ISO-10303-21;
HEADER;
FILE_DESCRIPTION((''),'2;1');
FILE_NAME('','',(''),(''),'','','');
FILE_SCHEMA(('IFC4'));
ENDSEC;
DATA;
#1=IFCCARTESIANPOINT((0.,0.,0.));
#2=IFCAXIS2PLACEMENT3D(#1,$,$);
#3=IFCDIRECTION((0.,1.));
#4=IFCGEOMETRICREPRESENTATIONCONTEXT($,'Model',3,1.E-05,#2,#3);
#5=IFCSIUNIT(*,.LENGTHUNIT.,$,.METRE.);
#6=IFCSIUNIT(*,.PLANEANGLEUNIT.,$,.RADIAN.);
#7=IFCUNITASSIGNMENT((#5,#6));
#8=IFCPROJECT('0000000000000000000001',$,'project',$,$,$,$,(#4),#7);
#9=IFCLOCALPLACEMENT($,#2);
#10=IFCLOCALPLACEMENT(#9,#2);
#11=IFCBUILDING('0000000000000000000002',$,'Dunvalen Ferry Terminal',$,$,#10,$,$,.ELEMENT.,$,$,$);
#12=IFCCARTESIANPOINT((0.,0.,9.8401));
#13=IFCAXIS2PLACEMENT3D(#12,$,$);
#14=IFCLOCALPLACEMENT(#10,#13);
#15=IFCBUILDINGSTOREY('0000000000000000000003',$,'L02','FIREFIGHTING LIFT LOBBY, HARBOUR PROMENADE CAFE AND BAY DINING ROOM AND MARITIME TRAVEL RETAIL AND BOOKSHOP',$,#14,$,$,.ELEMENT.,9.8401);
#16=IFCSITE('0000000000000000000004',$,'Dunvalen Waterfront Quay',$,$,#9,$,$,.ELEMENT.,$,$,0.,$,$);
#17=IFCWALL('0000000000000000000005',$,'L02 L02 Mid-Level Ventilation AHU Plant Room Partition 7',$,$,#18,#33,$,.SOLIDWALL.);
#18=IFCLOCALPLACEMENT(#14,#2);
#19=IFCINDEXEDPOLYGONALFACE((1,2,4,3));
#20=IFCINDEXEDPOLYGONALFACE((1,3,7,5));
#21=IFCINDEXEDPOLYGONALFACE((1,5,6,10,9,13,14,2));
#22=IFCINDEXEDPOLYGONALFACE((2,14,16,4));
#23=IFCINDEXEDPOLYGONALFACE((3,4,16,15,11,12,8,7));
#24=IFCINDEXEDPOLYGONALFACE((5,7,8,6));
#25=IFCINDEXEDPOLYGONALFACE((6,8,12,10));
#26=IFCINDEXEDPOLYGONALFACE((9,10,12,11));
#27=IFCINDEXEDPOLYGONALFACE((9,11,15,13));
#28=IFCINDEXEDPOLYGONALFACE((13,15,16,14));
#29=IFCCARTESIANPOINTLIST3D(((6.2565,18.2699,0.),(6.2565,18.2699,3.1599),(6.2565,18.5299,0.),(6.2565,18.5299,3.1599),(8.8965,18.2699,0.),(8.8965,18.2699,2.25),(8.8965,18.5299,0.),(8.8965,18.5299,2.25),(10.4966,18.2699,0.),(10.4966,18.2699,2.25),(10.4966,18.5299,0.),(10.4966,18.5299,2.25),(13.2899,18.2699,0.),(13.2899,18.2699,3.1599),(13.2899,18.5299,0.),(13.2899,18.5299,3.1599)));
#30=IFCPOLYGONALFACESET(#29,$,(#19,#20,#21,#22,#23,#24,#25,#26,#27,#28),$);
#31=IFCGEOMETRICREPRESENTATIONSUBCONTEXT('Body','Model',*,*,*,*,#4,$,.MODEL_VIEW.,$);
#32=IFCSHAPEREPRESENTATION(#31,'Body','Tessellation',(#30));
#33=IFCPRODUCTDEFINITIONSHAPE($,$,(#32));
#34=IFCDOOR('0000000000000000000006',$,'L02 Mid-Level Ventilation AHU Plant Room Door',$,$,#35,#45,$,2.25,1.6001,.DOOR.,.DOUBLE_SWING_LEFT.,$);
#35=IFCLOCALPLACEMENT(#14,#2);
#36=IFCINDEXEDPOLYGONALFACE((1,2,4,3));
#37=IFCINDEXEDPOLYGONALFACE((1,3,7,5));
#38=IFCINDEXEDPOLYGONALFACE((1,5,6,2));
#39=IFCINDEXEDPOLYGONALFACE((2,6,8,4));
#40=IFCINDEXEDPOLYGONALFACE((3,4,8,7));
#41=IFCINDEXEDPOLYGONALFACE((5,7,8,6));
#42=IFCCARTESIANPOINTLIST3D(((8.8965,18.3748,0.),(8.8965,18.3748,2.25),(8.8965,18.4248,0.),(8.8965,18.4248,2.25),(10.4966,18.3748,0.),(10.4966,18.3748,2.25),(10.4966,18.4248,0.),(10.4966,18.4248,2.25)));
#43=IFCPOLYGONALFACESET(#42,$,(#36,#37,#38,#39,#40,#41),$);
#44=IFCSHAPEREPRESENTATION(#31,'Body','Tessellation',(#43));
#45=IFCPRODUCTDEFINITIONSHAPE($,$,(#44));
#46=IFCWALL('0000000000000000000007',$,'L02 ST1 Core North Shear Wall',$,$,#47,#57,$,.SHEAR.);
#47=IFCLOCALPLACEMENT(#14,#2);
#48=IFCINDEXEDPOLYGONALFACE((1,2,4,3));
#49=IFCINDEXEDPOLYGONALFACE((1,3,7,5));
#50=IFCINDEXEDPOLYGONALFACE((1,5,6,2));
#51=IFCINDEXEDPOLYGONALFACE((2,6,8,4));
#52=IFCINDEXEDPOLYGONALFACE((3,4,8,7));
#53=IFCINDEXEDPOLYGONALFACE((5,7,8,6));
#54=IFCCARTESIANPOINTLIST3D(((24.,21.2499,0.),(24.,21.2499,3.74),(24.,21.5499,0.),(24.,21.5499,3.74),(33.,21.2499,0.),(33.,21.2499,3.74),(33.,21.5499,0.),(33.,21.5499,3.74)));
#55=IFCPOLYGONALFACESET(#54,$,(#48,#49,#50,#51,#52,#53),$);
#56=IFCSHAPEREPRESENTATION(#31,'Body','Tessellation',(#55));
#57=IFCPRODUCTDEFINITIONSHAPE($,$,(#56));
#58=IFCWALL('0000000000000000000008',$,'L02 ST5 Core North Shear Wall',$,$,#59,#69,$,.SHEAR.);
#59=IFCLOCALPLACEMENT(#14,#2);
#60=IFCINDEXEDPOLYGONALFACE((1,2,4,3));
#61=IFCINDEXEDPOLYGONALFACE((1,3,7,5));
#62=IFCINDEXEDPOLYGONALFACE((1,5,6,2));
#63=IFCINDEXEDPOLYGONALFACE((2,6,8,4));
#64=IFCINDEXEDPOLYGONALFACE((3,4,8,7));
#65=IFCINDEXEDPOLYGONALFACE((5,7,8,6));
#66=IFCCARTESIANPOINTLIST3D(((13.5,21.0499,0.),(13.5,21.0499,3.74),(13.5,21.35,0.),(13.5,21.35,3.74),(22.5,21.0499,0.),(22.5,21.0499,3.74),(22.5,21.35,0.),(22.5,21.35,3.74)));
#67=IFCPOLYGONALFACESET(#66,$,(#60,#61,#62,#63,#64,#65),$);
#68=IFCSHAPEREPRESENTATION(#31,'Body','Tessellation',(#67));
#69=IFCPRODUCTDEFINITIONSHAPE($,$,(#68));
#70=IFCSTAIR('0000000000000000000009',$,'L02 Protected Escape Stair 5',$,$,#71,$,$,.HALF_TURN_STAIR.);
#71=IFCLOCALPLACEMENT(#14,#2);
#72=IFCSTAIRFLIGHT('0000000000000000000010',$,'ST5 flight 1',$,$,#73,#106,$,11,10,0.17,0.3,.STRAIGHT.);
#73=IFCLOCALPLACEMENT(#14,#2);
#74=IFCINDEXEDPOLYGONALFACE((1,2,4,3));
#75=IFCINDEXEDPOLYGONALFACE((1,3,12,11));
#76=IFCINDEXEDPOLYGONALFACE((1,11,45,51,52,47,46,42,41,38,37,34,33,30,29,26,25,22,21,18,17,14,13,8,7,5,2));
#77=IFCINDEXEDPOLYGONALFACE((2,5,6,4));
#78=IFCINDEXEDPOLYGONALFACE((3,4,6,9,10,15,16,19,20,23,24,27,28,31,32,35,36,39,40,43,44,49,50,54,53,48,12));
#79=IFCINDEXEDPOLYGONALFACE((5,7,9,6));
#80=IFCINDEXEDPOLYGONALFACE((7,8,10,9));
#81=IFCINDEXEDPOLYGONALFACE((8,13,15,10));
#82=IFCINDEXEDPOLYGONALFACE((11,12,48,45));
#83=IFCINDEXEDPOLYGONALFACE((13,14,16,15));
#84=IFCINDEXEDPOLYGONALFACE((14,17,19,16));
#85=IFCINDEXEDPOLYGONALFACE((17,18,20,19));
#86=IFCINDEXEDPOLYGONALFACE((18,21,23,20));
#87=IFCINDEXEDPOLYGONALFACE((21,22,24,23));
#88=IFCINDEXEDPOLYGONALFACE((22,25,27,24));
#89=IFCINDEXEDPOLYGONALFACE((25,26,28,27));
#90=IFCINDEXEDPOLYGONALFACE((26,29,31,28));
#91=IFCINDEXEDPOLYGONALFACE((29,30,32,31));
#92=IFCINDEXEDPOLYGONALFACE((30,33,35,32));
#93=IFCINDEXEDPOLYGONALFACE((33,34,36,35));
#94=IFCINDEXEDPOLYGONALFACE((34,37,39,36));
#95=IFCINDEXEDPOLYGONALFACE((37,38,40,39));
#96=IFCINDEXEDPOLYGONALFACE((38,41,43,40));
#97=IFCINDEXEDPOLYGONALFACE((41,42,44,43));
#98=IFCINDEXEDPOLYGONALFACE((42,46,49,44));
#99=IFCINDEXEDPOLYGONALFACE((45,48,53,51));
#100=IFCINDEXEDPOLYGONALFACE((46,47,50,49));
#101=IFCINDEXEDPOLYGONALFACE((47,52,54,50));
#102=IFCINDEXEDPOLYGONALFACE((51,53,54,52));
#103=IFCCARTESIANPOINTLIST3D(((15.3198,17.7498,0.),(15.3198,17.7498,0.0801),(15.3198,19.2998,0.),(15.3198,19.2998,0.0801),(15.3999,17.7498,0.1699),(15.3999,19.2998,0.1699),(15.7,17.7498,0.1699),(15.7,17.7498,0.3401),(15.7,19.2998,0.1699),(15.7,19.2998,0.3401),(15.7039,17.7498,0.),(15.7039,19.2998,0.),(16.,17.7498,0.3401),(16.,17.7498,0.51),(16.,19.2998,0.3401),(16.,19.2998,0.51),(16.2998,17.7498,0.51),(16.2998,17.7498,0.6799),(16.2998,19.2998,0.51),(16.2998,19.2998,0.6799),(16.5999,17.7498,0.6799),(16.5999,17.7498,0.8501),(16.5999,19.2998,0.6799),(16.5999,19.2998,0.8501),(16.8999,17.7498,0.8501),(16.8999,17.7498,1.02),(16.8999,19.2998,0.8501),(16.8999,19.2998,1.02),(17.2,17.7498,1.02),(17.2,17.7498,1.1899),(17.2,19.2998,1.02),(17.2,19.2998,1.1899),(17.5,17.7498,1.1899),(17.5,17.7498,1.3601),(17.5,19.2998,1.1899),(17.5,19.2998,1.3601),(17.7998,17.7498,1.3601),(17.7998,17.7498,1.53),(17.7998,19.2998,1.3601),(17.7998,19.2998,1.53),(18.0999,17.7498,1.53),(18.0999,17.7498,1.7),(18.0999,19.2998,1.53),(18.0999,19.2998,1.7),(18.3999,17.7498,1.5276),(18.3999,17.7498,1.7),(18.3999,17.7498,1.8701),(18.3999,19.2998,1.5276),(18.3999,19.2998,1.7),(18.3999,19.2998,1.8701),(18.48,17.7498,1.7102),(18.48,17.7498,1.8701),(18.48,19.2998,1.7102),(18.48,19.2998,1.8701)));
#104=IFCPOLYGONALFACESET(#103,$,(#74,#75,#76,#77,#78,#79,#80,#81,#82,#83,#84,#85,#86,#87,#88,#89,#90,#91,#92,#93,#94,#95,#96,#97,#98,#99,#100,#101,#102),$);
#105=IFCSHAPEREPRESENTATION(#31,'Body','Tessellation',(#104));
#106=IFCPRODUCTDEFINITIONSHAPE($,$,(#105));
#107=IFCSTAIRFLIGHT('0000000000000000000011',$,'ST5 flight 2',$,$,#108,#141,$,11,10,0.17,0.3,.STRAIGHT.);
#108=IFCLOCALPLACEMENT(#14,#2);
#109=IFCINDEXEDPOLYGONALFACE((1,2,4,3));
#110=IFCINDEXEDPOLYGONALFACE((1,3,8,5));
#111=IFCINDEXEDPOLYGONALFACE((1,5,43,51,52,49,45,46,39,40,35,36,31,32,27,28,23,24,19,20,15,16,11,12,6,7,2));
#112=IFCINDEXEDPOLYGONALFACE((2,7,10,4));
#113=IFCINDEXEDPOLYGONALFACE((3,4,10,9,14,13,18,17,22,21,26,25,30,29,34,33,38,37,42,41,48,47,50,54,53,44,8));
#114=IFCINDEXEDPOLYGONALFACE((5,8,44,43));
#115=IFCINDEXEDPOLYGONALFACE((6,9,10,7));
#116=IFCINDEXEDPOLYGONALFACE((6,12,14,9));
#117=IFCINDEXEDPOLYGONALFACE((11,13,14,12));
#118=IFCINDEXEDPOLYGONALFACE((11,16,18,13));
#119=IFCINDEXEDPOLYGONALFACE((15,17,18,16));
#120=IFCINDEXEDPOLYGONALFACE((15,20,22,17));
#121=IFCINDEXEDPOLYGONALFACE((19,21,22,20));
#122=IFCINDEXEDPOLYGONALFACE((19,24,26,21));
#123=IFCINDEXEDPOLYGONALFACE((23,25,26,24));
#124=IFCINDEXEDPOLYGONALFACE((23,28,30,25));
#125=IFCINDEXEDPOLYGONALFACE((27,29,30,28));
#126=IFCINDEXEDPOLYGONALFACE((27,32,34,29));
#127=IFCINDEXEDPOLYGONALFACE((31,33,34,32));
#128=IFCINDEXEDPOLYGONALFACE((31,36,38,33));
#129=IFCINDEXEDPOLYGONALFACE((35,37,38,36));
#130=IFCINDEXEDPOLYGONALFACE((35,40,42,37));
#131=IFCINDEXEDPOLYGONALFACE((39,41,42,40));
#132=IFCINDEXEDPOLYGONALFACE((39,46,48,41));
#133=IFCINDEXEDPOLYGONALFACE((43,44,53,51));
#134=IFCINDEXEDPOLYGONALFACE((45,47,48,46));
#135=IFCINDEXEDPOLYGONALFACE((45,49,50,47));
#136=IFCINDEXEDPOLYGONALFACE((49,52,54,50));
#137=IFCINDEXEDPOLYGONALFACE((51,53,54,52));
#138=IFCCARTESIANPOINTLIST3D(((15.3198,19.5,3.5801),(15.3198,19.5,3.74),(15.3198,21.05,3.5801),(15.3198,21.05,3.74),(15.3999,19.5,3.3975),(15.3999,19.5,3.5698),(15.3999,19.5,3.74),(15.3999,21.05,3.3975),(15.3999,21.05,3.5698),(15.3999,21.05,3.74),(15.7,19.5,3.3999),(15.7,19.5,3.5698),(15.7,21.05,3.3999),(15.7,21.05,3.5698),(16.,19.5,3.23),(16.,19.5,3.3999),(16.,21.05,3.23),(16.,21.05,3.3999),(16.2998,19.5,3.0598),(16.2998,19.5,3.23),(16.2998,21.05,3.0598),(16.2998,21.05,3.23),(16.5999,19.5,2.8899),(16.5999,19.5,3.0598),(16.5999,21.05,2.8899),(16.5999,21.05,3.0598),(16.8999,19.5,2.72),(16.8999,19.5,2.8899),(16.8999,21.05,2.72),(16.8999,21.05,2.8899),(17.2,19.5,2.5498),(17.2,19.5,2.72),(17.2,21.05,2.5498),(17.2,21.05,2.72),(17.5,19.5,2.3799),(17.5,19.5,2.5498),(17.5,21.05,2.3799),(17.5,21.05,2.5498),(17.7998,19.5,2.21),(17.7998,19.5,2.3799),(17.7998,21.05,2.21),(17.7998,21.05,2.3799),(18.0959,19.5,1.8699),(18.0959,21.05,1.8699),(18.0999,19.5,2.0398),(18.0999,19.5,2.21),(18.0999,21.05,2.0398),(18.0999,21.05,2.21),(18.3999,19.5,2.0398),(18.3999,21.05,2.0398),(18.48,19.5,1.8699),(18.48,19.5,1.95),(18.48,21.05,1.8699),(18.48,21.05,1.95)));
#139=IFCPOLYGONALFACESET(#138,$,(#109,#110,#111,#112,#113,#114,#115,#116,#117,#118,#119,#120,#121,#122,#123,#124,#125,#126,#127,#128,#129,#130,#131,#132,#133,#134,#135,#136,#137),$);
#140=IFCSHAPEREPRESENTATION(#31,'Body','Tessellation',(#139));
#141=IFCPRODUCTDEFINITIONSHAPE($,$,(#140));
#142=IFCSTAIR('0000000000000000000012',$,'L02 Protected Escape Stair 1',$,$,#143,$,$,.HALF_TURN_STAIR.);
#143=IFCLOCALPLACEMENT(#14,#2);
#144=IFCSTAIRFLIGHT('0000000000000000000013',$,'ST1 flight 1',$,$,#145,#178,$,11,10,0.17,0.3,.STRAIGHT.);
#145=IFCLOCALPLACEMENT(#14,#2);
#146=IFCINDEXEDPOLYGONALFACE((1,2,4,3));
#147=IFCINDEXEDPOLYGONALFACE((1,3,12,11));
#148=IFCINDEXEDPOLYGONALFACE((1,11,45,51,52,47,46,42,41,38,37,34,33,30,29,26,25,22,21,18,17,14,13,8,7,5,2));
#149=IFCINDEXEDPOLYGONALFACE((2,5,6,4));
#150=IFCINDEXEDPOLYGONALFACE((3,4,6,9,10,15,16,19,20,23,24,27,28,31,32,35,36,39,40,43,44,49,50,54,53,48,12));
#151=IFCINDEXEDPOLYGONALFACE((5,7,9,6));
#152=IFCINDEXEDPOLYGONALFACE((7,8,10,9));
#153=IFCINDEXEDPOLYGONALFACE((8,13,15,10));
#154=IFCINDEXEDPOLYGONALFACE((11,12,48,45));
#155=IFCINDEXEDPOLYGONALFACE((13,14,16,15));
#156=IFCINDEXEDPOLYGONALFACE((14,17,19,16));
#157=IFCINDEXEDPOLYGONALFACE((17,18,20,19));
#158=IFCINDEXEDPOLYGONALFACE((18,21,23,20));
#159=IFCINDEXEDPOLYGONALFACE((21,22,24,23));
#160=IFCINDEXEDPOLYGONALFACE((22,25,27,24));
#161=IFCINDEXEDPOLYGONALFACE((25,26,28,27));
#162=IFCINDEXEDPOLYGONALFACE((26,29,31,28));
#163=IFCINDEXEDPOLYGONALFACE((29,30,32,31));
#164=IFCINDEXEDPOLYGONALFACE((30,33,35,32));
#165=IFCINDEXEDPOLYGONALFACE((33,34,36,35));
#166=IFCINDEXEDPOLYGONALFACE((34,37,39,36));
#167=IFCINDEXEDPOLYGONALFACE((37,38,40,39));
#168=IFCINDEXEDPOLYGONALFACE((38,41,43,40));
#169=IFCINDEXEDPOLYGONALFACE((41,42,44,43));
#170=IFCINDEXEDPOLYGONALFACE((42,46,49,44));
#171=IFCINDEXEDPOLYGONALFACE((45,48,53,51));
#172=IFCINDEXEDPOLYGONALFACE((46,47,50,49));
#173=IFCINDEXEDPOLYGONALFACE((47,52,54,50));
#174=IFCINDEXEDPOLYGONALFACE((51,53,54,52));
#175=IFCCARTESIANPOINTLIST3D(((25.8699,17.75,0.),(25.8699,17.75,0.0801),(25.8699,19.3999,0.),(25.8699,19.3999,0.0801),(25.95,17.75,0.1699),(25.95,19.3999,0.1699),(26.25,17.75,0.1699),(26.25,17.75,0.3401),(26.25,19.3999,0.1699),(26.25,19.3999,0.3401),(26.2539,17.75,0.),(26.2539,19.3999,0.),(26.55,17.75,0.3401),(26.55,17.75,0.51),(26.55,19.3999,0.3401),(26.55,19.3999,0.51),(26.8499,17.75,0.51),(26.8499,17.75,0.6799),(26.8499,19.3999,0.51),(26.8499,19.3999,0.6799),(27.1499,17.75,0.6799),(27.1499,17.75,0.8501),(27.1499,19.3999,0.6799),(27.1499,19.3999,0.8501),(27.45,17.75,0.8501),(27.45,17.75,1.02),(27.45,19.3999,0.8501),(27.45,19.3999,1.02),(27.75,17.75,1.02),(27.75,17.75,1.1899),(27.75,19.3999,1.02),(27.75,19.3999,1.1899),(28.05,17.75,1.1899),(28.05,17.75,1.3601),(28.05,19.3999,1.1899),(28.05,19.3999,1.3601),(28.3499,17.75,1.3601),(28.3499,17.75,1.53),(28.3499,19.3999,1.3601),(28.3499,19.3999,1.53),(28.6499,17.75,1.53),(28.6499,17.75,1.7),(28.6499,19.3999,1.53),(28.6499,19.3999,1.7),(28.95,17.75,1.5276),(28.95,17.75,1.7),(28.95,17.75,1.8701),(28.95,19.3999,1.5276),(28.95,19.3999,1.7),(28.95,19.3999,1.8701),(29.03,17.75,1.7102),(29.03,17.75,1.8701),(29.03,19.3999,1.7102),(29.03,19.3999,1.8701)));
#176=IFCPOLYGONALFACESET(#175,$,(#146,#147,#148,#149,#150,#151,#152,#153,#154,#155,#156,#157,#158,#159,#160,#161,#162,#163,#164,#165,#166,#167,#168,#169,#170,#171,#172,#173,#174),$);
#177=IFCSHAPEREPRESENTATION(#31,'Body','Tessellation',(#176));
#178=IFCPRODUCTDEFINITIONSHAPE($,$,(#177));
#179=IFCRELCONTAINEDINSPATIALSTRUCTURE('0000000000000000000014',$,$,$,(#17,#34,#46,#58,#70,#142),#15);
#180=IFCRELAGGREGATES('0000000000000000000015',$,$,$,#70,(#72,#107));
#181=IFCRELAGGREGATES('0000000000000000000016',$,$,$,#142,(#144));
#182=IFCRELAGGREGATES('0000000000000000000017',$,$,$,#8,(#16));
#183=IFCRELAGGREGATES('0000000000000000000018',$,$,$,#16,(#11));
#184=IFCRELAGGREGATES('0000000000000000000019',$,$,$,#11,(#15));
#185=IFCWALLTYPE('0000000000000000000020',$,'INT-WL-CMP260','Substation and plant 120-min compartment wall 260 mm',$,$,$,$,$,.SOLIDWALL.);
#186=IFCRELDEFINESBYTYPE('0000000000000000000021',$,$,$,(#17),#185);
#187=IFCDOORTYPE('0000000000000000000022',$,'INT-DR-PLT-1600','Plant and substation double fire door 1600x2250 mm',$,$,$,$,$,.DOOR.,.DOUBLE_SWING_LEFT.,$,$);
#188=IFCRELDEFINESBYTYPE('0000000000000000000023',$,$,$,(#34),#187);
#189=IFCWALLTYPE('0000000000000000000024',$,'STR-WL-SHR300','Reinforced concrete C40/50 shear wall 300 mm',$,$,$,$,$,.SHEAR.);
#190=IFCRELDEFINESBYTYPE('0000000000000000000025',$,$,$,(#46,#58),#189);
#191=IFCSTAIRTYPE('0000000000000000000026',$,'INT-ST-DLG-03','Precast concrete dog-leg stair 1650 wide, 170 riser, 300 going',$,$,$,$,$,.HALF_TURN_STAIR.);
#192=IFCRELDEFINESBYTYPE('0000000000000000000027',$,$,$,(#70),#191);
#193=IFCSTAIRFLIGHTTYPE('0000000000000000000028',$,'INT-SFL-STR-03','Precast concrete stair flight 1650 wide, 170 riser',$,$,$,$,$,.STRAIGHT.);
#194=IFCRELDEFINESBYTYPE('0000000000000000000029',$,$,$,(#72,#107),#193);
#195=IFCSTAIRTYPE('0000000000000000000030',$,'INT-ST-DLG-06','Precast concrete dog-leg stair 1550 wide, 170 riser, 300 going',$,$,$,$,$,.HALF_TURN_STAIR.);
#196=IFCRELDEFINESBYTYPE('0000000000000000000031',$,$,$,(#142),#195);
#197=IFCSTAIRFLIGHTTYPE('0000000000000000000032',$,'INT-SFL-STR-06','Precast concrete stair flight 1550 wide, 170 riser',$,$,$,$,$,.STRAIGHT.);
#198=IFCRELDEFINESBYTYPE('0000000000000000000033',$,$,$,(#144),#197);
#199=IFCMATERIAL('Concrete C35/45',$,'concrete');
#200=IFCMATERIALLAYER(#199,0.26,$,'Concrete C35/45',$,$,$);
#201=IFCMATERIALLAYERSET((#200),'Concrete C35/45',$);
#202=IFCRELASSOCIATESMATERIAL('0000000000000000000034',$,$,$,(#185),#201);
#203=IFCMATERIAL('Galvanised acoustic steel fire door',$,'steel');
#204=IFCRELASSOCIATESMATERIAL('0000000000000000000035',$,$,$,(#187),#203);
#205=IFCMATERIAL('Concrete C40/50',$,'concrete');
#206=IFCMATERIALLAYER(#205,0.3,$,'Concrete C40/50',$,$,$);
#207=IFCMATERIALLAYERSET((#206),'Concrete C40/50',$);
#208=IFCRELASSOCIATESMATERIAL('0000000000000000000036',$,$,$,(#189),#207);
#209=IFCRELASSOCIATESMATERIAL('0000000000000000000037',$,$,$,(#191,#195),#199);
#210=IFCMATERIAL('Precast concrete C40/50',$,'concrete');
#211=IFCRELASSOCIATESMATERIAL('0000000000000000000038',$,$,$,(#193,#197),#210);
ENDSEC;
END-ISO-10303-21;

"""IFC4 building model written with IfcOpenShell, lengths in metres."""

from ifc_helpers import new_model, si_unit, direction, frame, frame_2d, origin, place, context, subcontext, project, spatial, polyline, rectangle, outline, extrude, material, layer, layer_set, type_object, element, fill, aggregate, save


model = new_model("IFC4")

# Units and contexts
model_context = context("Model", 3, precision=1e-05, world=origin(), true_north=direction((0.0, 1.0)))
body_context = subcontext(model_context, "Body", "Model", "MODEL_VIEW")
ifc_project = project(units=[si_unit("LENGTHUNIT", "METRE"), si_unit("PLANEANGLEUNIT", "RADIAN")], contexts=[model_context])

# Site, building, storey
site_placement = place(None, origin())
site = spatial("IfcSite", under=ifc_project, at=site_placement, Name="Dunvalen Waterfront Quay", CompositionType="ELEMENT", RefElevation=0.0)
building_placement = place(site_placement, origin())
building = spatial("IfcBuilding", under=site, at=building_placement, Name="Dunvalen Ferry Terminal", CompositionType="ELEMENT")
storey_placement = place(building_placement, frame((0.0, 0.0, 9.8401)))
storey = spatial("IfcBuildingStorey", under=building, at=storey_placement, Name="L02", Description="FIREFIGHTING LIFT LOBBY, HARBOUR PROMENADE CAFE AND BAY DINING ROOM AND MARITIME TRAVEL RETAIL AND BOOKSHOP", CompositionType="ELEMENT", Elevation=9.8401)

# Shared definitions
ifc_material_1 = material(Name="Concrete C40/50", Category="concrete")

# Shared definitions
ifc_material_2 = material(Name="Precast concrete C40/50", Category="concrete")

# Shared definitions
ifc_material_3 = material(Name="Concrete C35/45", Category="concrete")
ifc_layer_1 = layer(ifc_material_3, 0.26, Name="Concrete C35/45")
ifc_layer_set_1 = layer_set([ifc_layer_1], Name="Concrete C35/45")
wall_type_1 = type_object("IfcWallType", Name="INT-WL-CMP260", Description="Substation and plant 120-min compartment wall 260 mm", PredefinedType="SOLIDWALL", material=ifc_layer_set_1)

# Wall, opening, door
wall_1_placement = place(storey_placement, frame((6.2566, 18.3999, 0.0), z_axis=(0.0, 0.0, 1.0), x_axis=(1.0, 0.0, 0.0)))
wall_1 = element("IfcWall", 1, at=wall_1_placement, inside=storey, type_object=wall_type_1, Name="L02 L02 Mid-Level Ventilation AHU Plant Room Partition 7", PredefinedType="SOLIDWALL", context=body_context, shape_type="SweptSolid", body=[
    extrude(rectangle(XDim=7.0334, YDim=0.26, at=frame_2d((3.5166, 0.0))), origin(), (0.0, 0.0, 1.0), 3.1599),
])
opening_1_placement = place(wall_1_placement, frame((2.6399, 0.0, 0.0)))
opening_1 = element("IfcOpeningElement", 2, at=opening_1_placement, cuts=wall_1, PredefinedType="OPENING", context=body_context, shape_type="SweptSolid", body=[
    extrude(rectangle(XDim=1.6001, YDim=2.25, at=frame_2d((0.8, 1.125))), frame((0.0, 0.1401, 0.0), z_axis=(0.0, -1.0, 0.0), x_axis=(1.0, 0.0, 0.0)), (0.0, 0.0, 1.0), 0.28),
])
ifc_material_4 = material(Name="Galvanised acoustic steel fire door", Category="steel")
door_type = type_object("IfcDoorType", Name="INT-DR-PLT-1600", Description="Plant and substation double fire door 1600x2250 mm", OperationType="DOUBLE_SWING_LEFT", PredefinedType="DOOR", material=ifc_material_4)
door_placement = place(opening_1_placement, origin())
door = element("IfcDoor", 3, at=door_placement, inside=storey, type_object=door_type, Name="L02 Mid-Level Ventilation AHU Plant Room Door", OperationType="DOUBLE_SWING_LEFT", OverallHeight=2.25, OverallWidth=1.6001, PredefinedType="DOOR", context=body_context, shape_type="SweptSolid", body=[
    extrude(rectangle(XDim=1.6001, YDim=2.25, at=frame_2d((0.8, 1.125))), frame((0.0, 0.0249, 0.0), z_axis=(0.0, -1.0, 0.0), x_axis=(1.0, 0.0, 0.0)), (0.0, 0.0, 1.0), 0.05),
])
fill(opening_1, door)

# Walls
ifc_layer_2 = layer(ifc_material_1, 0.3, Name="Concrete C40/50")
ifc_layer_set_2 = layer_set([ifc_layer_2], Name="Concrete C40/50")
wall_type_2 = type_object("IfcWallType", Name="STR-WL-SHR300", Description="Reinforced concrete C40/50 shear wall 300 mm", PredefinedType="SHEAR", material=ifc_layer_set_2)
for number, where, z_axis, x_axis, name in (
    (4, (24.0, 21.3999, 0.0), (0.0, 0.0, 1.0), (1.0, 0.0, 0.0), "L02 ST1 Core North Shear Wall"),
    (5, (13.5, 21.2, 0.0), (0.0, 0.0, 1.0), (1.0, 0.0, 0.0), "L02 ST5 Core North Shear Wall"),
):
    element("IfcWall", number, at=place(storey_placement, frame(where, z_axis=z_axis, x_axis=x_axis)), inside=storey, type_object=wall_type_2, Name=name, PredefinedType="SHEAR", context=body_context, shape_type="SweptSolid", body=[
        extrude(rectangle(XDim=9.0, YDim=0.3, at=frame_2d((4.5, 0.0))), origin(), (0.0, 0.0, 1.0), 3.74),
    ])

# Stair, stair flights
stair_type_1 = type_object("IfcStairType", Name="INT-ST-DLG-03", Description="Precast concrete dog-leg stair 1650 wide, 170 riser, 300 going", PredefinedType="HALF_TURN_STAIR", material=ifc_material_3)
stair_1_placement = place(storey_placement, origin())
stair_1 = element("IfcStair", 6, at=stair_1_placement, inside=storey, type_object=stair_type_1, Name="L02 Protected Escape Stair 5", PredefinedType="HALF_TURN_STAIR")
stair_flight_type_1 = type_object("IfcStairFlightType", Name="INT-SFL-STR-03", Description="Precast concrete stair flight 1650 wide, 170 riser", PredefinedType="STRAIGHT", material=ifc_material_2)
stair_flight_1_placement = place(storey_placement, frame((15.3999, 18.5249, 0.0), z_axis=(0.0, 0.0, 1.0), x_axis=(1.0, 0.0, 0.0)))
stair_flight_1 = element("IfcStairFlight", 7, at=stair_flight_1_placement, type_object=stair_flight_type_1, Name="ST5 flight 1", NumberOfRisers=11, NumberOfTreads=10, PredefinedType="STRAIGHT", RiserHeight=0.17, TreadLength=0.3, context=body_context, shape_type="SweptSolid", body=[
    extrude(outline(polyline([(-0.0801, 0.0), (-0.0801, 0.0801), (0.0, 0.1699), (0.3, 0.1699), (0.3, 0.3401), (0.6001, 0.3401), (0.6001, 0.51), (0.8999, 0.51), (0.8999, 0.6799), (1.2, 0.6799), (1.2, 0.8501), (1.5, 0.8501), (1.5, 1.02), (1.8, 1.02), (1.8, 1.1899), (2.1001, 1.1899), (2.1001, 1.3601), (2.3999, 1.3601), (2.3999, 1.53), (2.7, 1.53), (2.7, 1.7), (3.0, 1.7), (3.0, 1.8701), (3.0801, 1.8701), (3.0801, 1.7102), (3.0, 1.5276), (0.304, 0.0), (-0.0801, 0.0)])), frame((0.0, 0.7749, 0.0), z_axis=(0.0, -1.0, 0.0), x_axis=(1.0, 0.0, 0.0)), (0.0, 0.0, 1.0), 1.55),
])
stair_flight_2_placement = place(storey_placement, frame((18.3999, 20.2749, 1.8699), z_axis=(0.0, 0.0, 1.0), x_axis=(-1.0, 0.0, 0.0)))
stair_flight_2 = element("IfcStairFlight", 8, at=stair_flight_2_placement, type_object=stair_flight_type_1, Name="ST5 flight 2", NumberOfRisers=11, NumberOfTreads=10, PredefinedType="STRAIGHT", RiserHeight=0.17, TreadLength=0.3, context=body_context, shape_type="SweptSolid", body=[
    extrude(outline(polyline([(-0.0801, 0.0), (-0.0801, 0.0801), (0.0, 0.1699), (0.3, 0.1699), (0.3, 0.3401), (0.6001, 0.3401), (0.6001, 0.51), (0.8999, 0.51), (0.8999, 0.6799), (1.2, 0.6799), (1.2, 0.8501), (1.5, 0.8501), (1.5, 1.02), (1.8, 1.02), (1.8, 1.1899), (2.1001, 1.1899), (2.1001, 1.3601), (2.3999, 1.3601), (2.3999, 1.53), (2.7, 1.53), (2.7, 1.7), (3.0, 1.7), (3.0, 1.8701), (3.0801, 1.8701), (3.0801, 1.7102), (3.0, 1.5276), (0.304, 0.0), (-0.0801, 0.0)])), frame((0.0, 0.7749, 0.0), z_axis=(0.0, -1.0, 0.0), x_axis=(1.0, 0.0, 0.0)), (0.0, 0.0, 1.0), 1.55),
])
aggregate(stair_1, [stair_flight_1, stair_flight_2])

# Stair, stair flight
stair_type_2 = type_object("IfcStairType", Name="INT-ST-DLG-06", Description="Precast concrete dog-leg stair 1550 wide, 170 riser, 300 going", PredefinedType="HALF_TURN_STAIR", material=ifc_material_3)
stair_2_placement = place(storey_placement, origin())
stair_2 = element("IfcStair", 9, at=stair_2_placement, inside=storey, type_object=stair_type_2, Name="L02 Protected Escape Stair 1", PredefinedType="HALF_TURN_STAIR")
stair_flight_type_2 = type_object("IfcStairFlightType", Name="INT-SFL-STR-06", Description="Precast concrete stair flight 1550 wide, 170 riser", PredefinedType="STRAIGHT", material=ifc_material_2)
stair_flight_3_placement = place(storey_placement, frame((25.95, 18.575, 0.0), z_axis=(0.0, 0.0, 1.0), x_axis=(1.0, 0.0, 0.0)))
stair_flight_3 = element("IfcStairFlight", 10, at=stair_flight_3_placement, type_object=stair_flight_type_2, Name="ST1 flight 1", NumberOfRisers=11, NumberOfTreads=10, PredefinedType="STRAIGHT", RiserHeight=0.17, TreadLength=0.3, context=body_context, shape_type="SweptSolid", body=[
    extrude(outline(polyline([(-0.0801, 0.0), (-0.0801, 0.0801), (0.0, 0.1699), (0.3, 0.1699), (0.3, 0.3401), (0.6001, 0.3401), (0.6001, 0.51), (0.8999, 0.51), (0.8999, 0.6799), (1.2, 0.6799), (1.2, 0.8501), (1.5, 0.8501), (1.5, 1.02), (1.8, 1.02), (1.8, 1.1899), (2.1001, 1.1899), (2.1001, 1.3601), (2.3999, 1.3601), (2.3999, 1.53), (2.7, 1.53), (2.7, 1.7), (3.0, 1.7), (3.0, 1.8701), (3.0801, 1.8701), (3.0801, 1.7102), (3.0, 1.5276), (0.304, 0.0), (-0.0801, 0.0)])), frame((0.0, 0.825, 0.0), z_axis=(0.0, -1.0, 0.0), x_axis=(1.0, 0.0, 0.0)), (0.0, 0.0, 1.0), 1.6499),
])
aggregate(stair_2, [stair_flight_3])

save(model, "model.ifc")
